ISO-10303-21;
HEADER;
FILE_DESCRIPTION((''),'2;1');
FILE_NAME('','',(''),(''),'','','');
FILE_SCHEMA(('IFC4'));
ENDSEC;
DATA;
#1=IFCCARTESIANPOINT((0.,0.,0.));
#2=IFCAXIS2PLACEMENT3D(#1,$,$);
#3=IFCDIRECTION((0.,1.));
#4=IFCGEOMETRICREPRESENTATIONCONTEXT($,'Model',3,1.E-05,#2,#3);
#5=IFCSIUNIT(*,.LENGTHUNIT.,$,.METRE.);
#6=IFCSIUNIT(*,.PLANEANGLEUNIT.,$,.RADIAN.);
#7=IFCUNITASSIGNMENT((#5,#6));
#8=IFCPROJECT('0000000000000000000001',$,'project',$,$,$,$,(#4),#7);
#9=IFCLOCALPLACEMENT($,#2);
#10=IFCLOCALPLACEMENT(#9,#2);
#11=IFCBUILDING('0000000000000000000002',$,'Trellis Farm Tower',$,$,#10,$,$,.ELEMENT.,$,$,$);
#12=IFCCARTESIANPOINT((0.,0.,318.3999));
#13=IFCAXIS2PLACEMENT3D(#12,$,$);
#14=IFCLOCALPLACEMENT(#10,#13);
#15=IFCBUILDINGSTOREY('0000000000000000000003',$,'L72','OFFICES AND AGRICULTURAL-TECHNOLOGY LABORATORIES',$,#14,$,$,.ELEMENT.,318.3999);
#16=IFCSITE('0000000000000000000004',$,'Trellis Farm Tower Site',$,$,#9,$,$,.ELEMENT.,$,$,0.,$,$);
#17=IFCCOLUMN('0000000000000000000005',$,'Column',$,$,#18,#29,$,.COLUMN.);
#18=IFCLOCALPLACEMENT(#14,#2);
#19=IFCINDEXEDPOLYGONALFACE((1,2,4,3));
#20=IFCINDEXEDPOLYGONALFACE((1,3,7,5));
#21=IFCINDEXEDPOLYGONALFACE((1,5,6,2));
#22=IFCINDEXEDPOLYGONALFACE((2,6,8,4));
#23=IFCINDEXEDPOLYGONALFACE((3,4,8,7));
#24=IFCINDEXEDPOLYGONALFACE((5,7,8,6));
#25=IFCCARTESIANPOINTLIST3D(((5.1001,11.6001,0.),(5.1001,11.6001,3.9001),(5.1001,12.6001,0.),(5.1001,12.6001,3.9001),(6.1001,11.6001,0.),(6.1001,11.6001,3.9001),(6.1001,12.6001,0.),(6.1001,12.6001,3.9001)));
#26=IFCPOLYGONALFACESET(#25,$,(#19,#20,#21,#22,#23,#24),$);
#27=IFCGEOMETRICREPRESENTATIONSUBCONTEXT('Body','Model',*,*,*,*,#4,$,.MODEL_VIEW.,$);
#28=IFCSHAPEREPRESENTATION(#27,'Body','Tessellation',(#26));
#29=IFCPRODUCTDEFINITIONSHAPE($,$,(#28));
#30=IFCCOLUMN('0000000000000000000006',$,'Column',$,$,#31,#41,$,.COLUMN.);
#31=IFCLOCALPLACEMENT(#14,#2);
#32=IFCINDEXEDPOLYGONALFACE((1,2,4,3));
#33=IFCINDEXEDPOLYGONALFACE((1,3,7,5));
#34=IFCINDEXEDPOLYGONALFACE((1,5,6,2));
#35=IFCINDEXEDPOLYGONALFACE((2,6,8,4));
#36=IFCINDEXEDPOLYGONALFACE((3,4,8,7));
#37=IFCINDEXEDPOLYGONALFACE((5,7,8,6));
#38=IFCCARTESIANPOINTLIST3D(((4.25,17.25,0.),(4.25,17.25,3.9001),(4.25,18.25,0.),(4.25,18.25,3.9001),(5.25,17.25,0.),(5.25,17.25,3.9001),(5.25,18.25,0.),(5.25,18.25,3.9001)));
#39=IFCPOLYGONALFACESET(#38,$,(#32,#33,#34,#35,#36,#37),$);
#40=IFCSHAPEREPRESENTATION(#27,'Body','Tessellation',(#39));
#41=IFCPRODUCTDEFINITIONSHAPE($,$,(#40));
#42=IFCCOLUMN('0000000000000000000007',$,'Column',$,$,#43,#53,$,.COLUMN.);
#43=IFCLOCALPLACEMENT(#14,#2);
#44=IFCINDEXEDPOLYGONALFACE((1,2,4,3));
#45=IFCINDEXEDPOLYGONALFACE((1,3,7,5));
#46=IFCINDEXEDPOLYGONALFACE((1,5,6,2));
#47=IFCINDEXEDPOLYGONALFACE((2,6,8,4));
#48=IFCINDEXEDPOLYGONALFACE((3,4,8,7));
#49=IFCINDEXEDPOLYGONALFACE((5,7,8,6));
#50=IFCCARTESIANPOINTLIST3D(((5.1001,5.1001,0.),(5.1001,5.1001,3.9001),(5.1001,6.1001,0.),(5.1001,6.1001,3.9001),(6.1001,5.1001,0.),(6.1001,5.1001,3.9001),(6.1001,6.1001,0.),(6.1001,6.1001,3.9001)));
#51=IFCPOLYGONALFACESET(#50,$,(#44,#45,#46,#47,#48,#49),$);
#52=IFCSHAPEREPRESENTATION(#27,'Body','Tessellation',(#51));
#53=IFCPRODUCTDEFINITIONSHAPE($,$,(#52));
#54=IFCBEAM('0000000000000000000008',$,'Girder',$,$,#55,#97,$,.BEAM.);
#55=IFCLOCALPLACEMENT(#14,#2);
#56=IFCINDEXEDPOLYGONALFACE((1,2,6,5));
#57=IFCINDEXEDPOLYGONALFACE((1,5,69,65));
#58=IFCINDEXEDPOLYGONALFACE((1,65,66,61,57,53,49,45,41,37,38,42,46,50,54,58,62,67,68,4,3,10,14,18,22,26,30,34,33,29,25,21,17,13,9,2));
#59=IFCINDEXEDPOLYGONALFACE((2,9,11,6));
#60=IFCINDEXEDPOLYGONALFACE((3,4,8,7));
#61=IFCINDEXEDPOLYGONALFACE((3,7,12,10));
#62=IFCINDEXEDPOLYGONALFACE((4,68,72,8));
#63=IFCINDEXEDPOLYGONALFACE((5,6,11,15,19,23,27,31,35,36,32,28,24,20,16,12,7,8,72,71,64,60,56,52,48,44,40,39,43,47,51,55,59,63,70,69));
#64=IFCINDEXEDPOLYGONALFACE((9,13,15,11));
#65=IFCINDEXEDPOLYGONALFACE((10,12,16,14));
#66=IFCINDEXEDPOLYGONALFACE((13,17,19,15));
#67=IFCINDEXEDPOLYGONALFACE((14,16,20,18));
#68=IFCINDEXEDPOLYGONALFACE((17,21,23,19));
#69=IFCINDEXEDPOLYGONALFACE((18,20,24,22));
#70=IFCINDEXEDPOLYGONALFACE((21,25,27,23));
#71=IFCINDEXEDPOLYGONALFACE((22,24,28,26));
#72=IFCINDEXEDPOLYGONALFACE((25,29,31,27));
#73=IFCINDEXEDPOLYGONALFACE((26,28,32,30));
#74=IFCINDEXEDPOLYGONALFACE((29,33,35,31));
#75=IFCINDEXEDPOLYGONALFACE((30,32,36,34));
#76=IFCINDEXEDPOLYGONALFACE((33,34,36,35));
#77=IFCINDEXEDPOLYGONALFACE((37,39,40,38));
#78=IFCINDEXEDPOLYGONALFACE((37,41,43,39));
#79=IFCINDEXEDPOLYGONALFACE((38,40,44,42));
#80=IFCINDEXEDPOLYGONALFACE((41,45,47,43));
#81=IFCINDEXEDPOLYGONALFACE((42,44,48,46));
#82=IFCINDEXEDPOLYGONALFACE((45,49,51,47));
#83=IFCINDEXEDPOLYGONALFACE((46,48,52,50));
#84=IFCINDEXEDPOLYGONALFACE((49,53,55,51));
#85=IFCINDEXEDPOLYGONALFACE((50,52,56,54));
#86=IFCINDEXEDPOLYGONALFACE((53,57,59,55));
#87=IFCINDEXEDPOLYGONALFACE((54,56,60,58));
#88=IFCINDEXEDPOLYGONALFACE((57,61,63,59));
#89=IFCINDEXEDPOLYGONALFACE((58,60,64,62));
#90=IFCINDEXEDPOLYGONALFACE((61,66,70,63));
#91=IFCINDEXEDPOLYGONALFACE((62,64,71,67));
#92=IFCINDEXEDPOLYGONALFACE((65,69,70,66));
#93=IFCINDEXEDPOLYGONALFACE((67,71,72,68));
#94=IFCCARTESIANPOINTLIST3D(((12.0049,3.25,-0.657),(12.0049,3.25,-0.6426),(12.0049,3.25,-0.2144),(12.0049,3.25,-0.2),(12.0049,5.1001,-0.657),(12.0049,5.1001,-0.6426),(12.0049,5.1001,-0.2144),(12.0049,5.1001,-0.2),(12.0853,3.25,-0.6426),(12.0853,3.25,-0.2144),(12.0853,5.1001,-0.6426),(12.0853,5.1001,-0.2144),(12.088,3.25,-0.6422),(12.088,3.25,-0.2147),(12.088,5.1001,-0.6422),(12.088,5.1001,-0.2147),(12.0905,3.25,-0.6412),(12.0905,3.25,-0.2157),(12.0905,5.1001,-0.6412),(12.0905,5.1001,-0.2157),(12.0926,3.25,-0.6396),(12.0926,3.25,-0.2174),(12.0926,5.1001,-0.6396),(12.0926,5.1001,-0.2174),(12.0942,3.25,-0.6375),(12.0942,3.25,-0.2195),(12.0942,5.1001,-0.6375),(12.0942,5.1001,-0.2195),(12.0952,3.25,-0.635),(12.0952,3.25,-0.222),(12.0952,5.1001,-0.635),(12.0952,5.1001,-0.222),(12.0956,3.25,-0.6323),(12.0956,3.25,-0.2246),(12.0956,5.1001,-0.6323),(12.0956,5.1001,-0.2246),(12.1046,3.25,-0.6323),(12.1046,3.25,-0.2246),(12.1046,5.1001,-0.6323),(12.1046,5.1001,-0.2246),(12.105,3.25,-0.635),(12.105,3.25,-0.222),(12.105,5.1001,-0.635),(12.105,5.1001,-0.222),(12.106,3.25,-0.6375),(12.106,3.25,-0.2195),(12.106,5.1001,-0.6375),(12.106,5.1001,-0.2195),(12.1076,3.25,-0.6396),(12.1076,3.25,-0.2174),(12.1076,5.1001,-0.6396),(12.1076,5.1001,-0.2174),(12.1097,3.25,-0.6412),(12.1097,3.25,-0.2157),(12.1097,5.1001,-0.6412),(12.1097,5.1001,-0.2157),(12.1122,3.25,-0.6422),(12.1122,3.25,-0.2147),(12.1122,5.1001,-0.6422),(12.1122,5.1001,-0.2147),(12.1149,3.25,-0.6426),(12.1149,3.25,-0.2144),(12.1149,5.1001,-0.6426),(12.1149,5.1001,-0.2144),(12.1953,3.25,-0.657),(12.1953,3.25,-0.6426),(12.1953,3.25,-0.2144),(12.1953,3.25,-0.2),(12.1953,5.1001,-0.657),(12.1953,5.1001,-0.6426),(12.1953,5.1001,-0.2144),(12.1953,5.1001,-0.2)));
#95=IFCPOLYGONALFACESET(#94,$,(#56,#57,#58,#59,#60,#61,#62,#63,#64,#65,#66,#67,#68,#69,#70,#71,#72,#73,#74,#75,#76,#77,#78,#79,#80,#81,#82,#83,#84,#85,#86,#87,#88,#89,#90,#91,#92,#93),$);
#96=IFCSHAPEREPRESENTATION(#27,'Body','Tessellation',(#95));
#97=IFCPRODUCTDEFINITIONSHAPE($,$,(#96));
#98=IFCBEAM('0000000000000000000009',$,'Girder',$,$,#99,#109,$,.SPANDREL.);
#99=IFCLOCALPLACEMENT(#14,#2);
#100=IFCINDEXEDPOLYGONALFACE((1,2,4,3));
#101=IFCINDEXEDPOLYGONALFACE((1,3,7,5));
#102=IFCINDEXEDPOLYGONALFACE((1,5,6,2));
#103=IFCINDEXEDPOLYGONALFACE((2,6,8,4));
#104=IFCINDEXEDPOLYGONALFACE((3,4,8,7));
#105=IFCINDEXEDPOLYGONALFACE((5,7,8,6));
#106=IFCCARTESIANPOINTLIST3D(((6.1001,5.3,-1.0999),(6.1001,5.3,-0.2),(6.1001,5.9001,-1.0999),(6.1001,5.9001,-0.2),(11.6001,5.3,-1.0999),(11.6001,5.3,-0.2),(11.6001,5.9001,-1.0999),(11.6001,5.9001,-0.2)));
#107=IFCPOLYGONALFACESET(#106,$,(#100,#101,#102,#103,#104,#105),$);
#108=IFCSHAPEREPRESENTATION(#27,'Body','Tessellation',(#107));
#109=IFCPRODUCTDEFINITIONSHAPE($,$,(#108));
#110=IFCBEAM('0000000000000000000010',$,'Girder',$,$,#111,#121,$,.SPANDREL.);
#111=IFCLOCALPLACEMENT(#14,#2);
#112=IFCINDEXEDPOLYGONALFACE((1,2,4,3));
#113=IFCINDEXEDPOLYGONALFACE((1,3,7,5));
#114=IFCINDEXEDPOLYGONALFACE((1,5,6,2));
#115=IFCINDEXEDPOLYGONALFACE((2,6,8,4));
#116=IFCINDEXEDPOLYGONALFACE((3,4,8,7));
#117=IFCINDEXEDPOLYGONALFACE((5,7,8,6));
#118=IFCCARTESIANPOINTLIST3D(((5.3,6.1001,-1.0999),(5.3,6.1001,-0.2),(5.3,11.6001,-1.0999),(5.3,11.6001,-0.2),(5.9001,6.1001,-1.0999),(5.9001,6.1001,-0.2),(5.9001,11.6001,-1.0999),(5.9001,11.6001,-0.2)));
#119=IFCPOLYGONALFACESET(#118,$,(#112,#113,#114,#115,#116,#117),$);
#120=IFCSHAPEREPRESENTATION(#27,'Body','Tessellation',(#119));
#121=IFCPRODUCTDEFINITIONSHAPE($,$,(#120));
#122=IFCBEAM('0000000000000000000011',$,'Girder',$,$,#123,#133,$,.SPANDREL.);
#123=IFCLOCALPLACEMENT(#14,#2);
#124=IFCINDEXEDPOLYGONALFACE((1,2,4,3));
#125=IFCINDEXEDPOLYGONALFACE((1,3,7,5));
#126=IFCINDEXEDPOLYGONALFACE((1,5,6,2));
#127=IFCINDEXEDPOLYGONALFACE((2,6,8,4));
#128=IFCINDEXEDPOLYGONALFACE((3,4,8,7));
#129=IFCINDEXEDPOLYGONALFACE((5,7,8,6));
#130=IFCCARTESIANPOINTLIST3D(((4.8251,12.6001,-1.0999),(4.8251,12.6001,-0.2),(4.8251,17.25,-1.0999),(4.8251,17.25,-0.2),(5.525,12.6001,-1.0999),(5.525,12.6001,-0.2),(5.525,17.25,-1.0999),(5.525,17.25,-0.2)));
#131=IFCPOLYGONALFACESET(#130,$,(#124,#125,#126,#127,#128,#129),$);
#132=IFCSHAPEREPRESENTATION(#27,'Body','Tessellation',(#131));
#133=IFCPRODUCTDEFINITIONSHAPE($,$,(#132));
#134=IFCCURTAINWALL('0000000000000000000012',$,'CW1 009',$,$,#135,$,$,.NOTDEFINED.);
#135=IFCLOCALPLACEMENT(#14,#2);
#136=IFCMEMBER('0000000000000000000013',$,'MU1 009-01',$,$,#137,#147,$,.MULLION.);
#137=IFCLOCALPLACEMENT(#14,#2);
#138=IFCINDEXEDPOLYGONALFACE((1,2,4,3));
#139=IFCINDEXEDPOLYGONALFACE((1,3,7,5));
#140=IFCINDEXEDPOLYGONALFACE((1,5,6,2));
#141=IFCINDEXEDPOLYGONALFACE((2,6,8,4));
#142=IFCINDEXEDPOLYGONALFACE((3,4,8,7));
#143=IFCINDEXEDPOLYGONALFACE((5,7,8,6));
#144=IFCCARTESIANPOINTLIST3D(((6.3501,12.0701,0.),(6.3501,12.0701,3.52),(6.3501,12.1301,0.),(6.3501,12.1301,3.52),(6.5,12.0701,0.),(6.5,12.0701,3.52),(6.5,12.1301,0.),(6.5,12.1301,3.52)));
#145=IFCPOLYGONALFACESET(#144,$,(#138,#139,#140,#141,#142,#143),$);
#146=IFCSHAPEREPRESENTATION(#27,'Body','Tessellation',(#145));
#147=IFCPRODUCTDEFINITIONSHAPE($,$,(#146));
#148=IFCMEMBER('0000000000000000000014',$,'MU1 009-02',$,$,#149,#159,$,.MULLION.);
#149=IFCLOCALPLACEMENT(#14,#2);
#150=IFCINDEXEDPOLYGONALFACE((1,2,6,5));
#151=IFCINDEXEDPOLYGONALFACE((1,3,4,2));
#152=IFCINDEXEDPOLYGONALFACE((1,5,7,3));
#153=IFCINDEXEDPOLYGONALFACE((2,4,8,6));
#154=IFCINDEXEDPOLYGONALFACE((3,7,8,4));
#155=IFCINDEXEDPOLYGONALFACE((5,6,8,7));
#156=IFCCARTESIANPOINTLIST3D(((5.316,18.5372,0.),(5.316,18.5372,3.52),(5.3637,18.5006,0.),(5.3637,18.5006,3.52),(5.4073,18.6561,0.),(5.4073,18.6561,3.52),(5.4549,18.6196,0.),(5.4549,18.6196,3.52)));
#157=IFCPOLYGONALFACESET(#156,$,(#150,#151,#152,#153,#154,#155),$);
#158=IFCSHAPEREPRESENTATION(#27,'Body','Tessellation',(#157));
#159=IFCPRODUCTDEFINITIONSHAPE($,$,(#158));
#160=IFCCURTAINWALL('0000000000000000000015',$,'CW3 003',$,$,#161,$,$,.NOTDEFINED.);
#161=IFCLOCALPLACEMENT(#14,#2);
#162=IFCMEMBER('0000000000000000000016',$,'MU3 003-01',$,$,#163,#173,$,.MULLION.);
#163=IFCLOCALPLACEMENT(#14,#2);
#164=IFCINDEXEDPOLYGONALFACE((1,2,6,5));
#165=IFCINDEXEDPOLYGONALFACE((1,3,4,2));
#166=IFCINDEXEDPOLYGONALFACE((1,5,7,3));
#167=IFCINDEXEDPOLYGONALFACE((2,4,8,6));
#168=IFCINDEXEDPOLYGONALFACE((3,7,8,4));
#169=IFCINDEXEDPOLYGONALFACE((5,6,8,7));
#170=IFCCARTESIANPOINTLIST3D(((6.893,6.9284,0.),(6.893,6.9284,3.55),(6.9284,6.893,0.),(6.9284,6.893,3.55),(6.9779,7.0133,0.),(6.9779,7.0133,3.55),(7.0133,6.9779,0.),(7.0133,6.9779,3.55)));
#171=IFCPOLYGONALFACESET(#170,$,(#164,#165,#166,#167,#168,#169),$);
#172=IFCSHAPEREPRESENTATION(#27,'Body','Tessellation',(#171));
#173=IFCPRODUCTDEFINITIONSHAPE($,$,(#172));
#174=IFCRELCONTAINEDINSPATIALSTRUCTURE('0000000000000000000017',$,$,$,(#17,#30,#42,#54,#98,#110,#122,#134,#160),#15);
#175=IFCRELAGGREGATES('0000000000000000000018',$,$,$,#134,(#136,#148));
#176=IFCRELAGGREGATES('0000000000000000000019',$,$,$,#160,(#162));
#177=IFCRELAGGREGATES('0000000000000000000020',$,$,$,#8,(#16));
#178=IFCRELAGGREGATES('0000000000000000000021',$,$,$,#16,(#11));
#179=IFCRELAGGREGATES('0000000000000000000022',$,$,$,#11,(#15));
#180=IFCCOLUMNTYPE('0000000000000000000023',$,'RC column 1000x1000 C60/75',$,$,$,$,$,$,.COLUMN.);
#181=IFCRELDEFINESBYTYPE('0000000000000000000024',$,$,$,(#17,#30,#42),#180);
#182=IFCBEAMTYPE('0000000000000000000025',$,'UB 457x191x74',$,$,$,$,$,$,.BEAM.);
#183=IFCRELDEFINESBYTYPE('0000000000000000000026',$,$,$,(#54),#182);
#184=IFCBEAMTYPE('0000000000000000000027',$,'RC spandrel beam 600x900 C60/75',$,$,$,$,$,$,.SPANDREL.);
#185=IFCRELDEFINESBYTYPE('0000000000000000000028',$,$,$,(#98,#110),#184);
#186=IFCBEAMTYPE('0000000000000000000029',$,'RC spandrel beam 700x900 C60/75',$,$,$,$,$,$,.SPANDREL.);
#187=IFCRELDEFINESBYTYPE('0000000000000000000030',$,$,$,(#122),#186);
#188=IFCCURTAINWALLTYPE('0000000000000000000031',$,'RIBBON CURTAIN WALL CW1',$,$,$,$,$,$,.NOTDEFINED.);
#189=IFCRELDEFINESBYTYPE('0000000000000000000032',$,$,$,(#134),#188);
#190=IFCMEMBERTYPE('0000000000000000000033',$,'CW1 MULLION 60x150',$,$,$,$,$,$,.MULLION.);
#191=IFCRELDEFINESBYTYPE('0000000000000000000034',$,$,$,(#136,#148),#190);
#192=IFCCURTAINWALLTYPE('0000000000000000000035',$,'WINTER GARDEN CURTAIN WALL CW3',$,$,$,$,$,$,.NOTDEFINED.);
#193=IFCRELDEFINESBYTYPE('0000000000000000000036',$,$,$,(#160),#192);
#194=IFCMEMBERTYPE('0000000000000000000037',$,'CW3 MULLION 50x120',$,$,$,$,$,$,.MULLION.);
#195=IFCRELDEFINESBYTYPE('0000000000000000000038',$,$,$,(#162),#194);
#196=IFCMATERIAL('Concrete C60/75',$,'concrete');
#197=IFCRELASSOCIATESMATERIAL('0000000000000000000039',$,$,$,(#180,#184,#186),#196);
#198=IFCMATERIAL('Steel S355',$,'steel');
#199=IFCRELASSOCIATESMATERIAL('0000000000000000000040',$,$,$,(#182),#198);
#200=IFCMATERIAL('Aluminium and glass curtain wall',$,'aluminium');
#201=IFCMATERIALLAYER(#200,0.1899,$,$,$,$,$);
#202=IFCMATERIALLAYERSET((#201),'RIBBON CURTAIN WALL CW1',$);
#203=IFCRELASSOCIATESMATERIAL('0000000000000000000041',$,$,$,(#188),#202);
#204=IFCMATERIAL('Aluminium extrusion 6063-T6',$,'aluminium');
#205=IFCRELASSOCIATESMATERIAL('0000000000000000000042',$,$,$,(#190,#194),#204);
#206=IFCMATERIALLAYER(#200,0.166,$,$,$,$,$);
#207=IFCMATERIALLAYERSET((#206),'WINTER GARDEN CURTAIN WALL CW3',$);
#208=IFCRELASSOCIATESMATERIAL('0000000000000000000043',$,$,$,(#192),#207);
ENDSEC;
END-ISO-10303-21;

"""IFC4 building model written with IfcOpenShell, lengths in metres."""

from ifc_helpers import new_model, si_unit, direction, frame, origin, origin_2d, place, context, subcontext, project, spatial, rectangle, i_section, extrude, source, transform, mapped, material, layer, layer_set, material_profile, profile_set, type_object, element, aggregate, save


model = new_model("IFC4")

# Units and contexts
model_context = context("Model", 3, precision=1e-05, world=origin(), true_north=direction((0.0, 1.0)))
body_context = subcontext(model_context, "Body", "Model", "MODEL_VIEW")
ifc_project = project(units=[si_unit("LENGTHUNIT", "METRE"), si_unit("PLANEANGLEUNIT", "RADIAN")], contexts=[model_context])

# Site, building, storey
site_placement = place(None, origin())
site = spatial("IfcSite", under=ifc_project, at=site_placement, Name="Trellis Farm Tower Site", CompositionType="ELEMENT", RefElevation=0.0)
building_placement = place(site_placement, origin())
building = spatial("IfcBuilding", under=site, at=building_placement, Name="Trellis Farm Tower", CompositionType="ELEMENT")
storey_placement = place(building_placement, frame((0.0, 0.0, 318.3999)))
storey = spatial("IfcBuildingStorey", under=building, at=storey_placement, Name="L72", Description="OFFICES AND AGRICULTURAL-TECHNOLOGY LABORATORIES", CompositionType="ELEMENT", Elevation=318.3999)

# Columns
ifc_material_1 = material(Name="Concrete C60/75", Category="concrete")
ifc_material_profile_1 = material_profile(ifc_material_1, rectangle(XDim=1.0, YDim=1.0, at=origin_2d()), Name="RC column 1000x1000 C60/75")
ifc_profile_set_1 = profile_set([ifc_material_profile_1], Name="Concrete C60/75")
column_type = type_object("IfcColumnType", Name="RC column 1000x1000 C60/75", PredefinedType="COLUMN", material=ifc_profile_set_1)
shared_shape_1 = source(origin(), body_context, "Body", "SweptSolid", [
    extrude(rectangle(XDim=1.0, YDim=1.0, at=origin_2d()), origin(), (0.0, 0.0, 1.0), 3.9001),
])
for number, where, z_axis, x_axis, name in (
    (1, (5.6001, 12.1001, 0.0), (0.0, 0.0, 1.0), (1.0, 0.0, 0.0), "Column"),
    (2, (4.75, 17.75, 0.0), (0.0, 0.0, 1.0), (1.0, 0.0, 0.0), "Column"),
    (3, (5.6001, 5.6001, 0.0), (0.0, 0.0, 1.0), (1.0, 0.0, 0.0), "Column"),
):
    element("IfcColumn", number, at=place(storey_placement, frame(where, z_axis=z_axis, x_axis=x_axis)), inside=storey, type_object=column_type, Name=name, PredefinedType="COLUMN", context=body_context, shape_type="MappedRepresentation", body=[
        mapped(shared_shape_1, transform((0.0, 0.0, 0.0))),
    ])

# Beams
ifc_material_2 = material(Name="Steel S355", Category="steel")
ifc_material_profile_2 = material_profile(ifc_material_2, i_section(OverallWidth=0.1904, OverallDepth=0.457, WebThickness=0.009, FlangeThickness=0.0144, FilletRadius=0.0103, at=origin_2d()), Name="UB 457x191x74")
ifc_profile_set_2 = profile_set([ifc_material_profile_2], Name="Steel S355")
beam_type_1 = type_object("IfcBeamType", Name="UB 457x191x74", PredefinedType="BEAM", material=ifc_profile_set_2)
shared_shape_2 = source(origin(), body_context, "Body", "SweptSolid", [
    extrude(i_section(OverallWidth=0.1904, OverallDepth=0.457, WebThickness=0.009, FlangeThickness=0.0144, FilletRadius=0.0103, at=origin_2d()), origin(), (0.0, 0.0, 1.0), 1.8501),
])
beam_1_placement = place(storey_placement, frame((12.1001, 3.25, -0.4285), z_axis=(0.0, 1.0, 0.0), x_axis=(-1.0, 0.0, 0.0)))
element("IfcBeam", 4, at=beam_1_placement, inside=storey, type_object=beam_type_1, Name="Girder", PredefinedType="BEAM", context=body_context, shape_type="MappedRepresentation", body=[
    mapped(shared_shape_2, transform((0.0, 0.0, 0.0))),
])
ifc_material_profile_3 = material_profile(ifc_material_1, rectangle(XDim=0.6001, YDim=0.8999, at=origin_2d()), Name="RC spandrel beam 600x900 C60/75")
ifc_profile_set_3 = profile_set([ifc_material_profile_3], Name="Concrete C60/75")
beam_type_2 = type_object("IfcBeamType", Name="RC spandrel beam 600x900 C60/75", PredefinedType="SPANDREL", material=ifc_profile_set_3)
shared_shape_3 = source(origin(), body_context, "Body", "SweptSolid", [
    extrude(rectangle(XDim=0.6001, YDim=0.8999, at=origin_2d()), origin(), (0.0, 0.0, 1.0), 5.5),
])
for number, where, z_axis, x_axis, name in (
    (5, (6.1001, 5.6001, -0.6499), (1.0, 0.0, 0.0), (0.0, 1.0, 0.0), "Girder"),
    (6, (5.6001, 6.1001, -0.6499), (0.0, 1.0, 0.0), (-1.0, 0.0, 0.0), "Girder"),
):
    element("IfcBeam", number, at=place(storey_placement, frame(where, z_axis=z_axis, x_axis=x_axis)), inside=storey, type_object=beam_type_2, Name=name, PredefinedType="SPANDREL", context=body_context, shape_type="MappedRepresentation", body=[
        mapped(shared_shape_3, transform((0.0, 0.0, 0.0))),
    ])
ifc_material_profile_4 = material_profile(ifc_material_1, rectangle(XDim=0.7, YDim=0.8999, at=origin_2d()), Name="RC spandrel beam 700x900 C60/75")
ifc_profile_set_4 = profile_set([ifc_material_profile_4], Name="Concrete C60/75")
beam_type_3 = type_object("IfcBeamType", Name="RC spandrel beam 700x900 C60/75", PredefinedType="SPANDREL", material=ifc_profile_set_4)
shared_shape_4 = source(origin(), body_context, "Body", "SweptSolid", [
    extrude(rectangle(XDim=0.7, YDim=0.8999, at=origin_2d()), origin(), (0.0, 0.0, 1.0), 4.6499),
])
beam_2_placement = place(storey_placement, frame((5.175, 12.6001, -0.6499), z_axis=(0.0, 1.0, 0.0), x_axis=(-1.0, 0.0, 0.0)))
element("IfcBeam", 7, at=beam_2_placement, inside=storey, type_object=beam_type_3, Name="Girder", PredefinedType="SPANDREL", context=body_context, shape_type="MappedRepresentation", body=[
    mapped(shared_shape_4, transform((0.0, 0.0, 0.0))),
])

# Curtain wall, members
ifc_material_3 = material(Name="Aluminium and glass curtain wall", Category="aluminium")
ifc_layer_1 = layer(ifc_material_3, 0.1899)
ifc_layer_set_1 = layer_set([ifc_layer_1], Name="RIBBON CURTAIN WALL CW1")
curtain_wall_type_1 = type_object("IfcCurtainWallType", Name="RIBBON CURTAIN WALL CW1", PredefinedType="NOTDEFINED", material=ifc_layer_set_1)
placement = place(storey_placement, origin())
curtain_wall_1 = element("IfcCurtainWall", 8, at=placement, inside=storey, type_object=curtain_wall_type_1, Name="CW1 009", PredefinedType="NOTDEFINED")
ifc_material_4 = material(Name="Aluminium extrusion 6063-T6", Category="aluminium")
ifc_material_profile_5 = material_profile(ifc_material_4, rectangle(XDim=0.0601, YDim=0.1499, at=origin_2d()), Name="MULLION 60x150")
ifc_profile_set_5 = profile_set([ifc_material_profile_5], Name="Aluminium extrusion 6063-T6")
member_type_1 = type_object("IfcMemberType", Name="CW1 MULLION 60x150", PredefinedType="MULLION", material=ifc_profile_set_5)
shared_shape_5 = source(origin(), body_context, "Body", "SweptSolid", [
    extrude(rectangle(XDim=0.0601, YDim=0.1499, at=origin_2d()), origin(), (0.0, 0.0, 1.0), 3.52),
])
member_1_placement = place(storey_placement, frame((6.425, 12.1001, 0.0), z_axis=(0.0, 0.0, 1.0), x_axis=(0.0, 1.0, 0.0)))
member_1 = element("IfcMember", 9, at=member_1_placement, type_object=member_type_1, Name="MU1 009-01", PredefinedType="MULLION", context=body_context, shape_type="MappedRepresentation", body=[
    mapped(shared_shape_5, transform((0.0, 0.0, 0.0))),
])
member_2_placement = place(storey_placement, frame((5.3855, 18.5784, 0.0), z_axis=(0.0, 0.0, 1.0), x_axis=(-0.793353, 0.608761, 0.0)))
member_2 = element("IfcMember", 10, at=member_2_placement, type_object=member_type_1, Name="MU1 009-02", PredefinedType="MULLION", context=body_context, shape_type="MappedRepresentation", body=[
    mapped(shared_shape_5, transform((0.0, 0.0, 0.0))),
])
aggregate(curtain_wall_1, [member_1, member_2])

# Curtain wall, member
ifc_layer_2 = layer(ifc_material_3, 0.166)
ifc_layer_set_2 = layer_set([ifc_layer_2], Name="WINTER GARDEN CURTAIN WALL CW3")
curtain_wall_type_2 = type_object("IfcCurtainWallType", Name="WINTER GARDEN CURTAIN WALL CW3", PredefinedType="NOTDEFINED", material=ifc_layer_set_2)
curtain_wall_2 = element("IfcCurtainWall", 11, at=placement, inside=storey, type_object=curtain_wall_type_2, Name="CW3 003", PredefinedType="NOTDEFINED")
ifc_material_profile_6 = material_profile(ifc_material_4, rectangle(XDim=0.05, YDim=0.1201, at=origin_2d()), Name="MULLION 50x120")
ifc_profile_set_6 = profile_set([ifc_material_profile_6], Name="Aluminium extrusion 6063-T6")
member_type_2 = type_object("IfcMemberType", Name="CW3 MULLION 50x120", PredefinedType="MULLION", material=ifc_profile_set_6)
shared_shape_6 = source(origin(), body_context, "Body", "SweptSolid", [
    extrude(rectangle(XDim=0.05, YDim=0.1201, at=origin_2d()), origin(), (0.0, 0.0, 1.0), 3.55),
])
member_3_placement = place(storey_placement, frame((6.9531, 6.9531, 0.0), z_axis=(0.0, 0.0, 1.0), x_axis=(-0.707107, 0.707107, 0.0)))
member_3 = element("IfcMember", 12, at=member_3_placement, type_object=member_type_2, Name="MU3 003-01", PredefinedType="MULLION", context=body_context, shape_type="MappedRepresentation", body=[
    mapped(shared_shape_6, transform((0.0, 0.0, 0.0))),
])
aggregate(curtain_wall_2, [member_3])

save(model, "model.ifc")
